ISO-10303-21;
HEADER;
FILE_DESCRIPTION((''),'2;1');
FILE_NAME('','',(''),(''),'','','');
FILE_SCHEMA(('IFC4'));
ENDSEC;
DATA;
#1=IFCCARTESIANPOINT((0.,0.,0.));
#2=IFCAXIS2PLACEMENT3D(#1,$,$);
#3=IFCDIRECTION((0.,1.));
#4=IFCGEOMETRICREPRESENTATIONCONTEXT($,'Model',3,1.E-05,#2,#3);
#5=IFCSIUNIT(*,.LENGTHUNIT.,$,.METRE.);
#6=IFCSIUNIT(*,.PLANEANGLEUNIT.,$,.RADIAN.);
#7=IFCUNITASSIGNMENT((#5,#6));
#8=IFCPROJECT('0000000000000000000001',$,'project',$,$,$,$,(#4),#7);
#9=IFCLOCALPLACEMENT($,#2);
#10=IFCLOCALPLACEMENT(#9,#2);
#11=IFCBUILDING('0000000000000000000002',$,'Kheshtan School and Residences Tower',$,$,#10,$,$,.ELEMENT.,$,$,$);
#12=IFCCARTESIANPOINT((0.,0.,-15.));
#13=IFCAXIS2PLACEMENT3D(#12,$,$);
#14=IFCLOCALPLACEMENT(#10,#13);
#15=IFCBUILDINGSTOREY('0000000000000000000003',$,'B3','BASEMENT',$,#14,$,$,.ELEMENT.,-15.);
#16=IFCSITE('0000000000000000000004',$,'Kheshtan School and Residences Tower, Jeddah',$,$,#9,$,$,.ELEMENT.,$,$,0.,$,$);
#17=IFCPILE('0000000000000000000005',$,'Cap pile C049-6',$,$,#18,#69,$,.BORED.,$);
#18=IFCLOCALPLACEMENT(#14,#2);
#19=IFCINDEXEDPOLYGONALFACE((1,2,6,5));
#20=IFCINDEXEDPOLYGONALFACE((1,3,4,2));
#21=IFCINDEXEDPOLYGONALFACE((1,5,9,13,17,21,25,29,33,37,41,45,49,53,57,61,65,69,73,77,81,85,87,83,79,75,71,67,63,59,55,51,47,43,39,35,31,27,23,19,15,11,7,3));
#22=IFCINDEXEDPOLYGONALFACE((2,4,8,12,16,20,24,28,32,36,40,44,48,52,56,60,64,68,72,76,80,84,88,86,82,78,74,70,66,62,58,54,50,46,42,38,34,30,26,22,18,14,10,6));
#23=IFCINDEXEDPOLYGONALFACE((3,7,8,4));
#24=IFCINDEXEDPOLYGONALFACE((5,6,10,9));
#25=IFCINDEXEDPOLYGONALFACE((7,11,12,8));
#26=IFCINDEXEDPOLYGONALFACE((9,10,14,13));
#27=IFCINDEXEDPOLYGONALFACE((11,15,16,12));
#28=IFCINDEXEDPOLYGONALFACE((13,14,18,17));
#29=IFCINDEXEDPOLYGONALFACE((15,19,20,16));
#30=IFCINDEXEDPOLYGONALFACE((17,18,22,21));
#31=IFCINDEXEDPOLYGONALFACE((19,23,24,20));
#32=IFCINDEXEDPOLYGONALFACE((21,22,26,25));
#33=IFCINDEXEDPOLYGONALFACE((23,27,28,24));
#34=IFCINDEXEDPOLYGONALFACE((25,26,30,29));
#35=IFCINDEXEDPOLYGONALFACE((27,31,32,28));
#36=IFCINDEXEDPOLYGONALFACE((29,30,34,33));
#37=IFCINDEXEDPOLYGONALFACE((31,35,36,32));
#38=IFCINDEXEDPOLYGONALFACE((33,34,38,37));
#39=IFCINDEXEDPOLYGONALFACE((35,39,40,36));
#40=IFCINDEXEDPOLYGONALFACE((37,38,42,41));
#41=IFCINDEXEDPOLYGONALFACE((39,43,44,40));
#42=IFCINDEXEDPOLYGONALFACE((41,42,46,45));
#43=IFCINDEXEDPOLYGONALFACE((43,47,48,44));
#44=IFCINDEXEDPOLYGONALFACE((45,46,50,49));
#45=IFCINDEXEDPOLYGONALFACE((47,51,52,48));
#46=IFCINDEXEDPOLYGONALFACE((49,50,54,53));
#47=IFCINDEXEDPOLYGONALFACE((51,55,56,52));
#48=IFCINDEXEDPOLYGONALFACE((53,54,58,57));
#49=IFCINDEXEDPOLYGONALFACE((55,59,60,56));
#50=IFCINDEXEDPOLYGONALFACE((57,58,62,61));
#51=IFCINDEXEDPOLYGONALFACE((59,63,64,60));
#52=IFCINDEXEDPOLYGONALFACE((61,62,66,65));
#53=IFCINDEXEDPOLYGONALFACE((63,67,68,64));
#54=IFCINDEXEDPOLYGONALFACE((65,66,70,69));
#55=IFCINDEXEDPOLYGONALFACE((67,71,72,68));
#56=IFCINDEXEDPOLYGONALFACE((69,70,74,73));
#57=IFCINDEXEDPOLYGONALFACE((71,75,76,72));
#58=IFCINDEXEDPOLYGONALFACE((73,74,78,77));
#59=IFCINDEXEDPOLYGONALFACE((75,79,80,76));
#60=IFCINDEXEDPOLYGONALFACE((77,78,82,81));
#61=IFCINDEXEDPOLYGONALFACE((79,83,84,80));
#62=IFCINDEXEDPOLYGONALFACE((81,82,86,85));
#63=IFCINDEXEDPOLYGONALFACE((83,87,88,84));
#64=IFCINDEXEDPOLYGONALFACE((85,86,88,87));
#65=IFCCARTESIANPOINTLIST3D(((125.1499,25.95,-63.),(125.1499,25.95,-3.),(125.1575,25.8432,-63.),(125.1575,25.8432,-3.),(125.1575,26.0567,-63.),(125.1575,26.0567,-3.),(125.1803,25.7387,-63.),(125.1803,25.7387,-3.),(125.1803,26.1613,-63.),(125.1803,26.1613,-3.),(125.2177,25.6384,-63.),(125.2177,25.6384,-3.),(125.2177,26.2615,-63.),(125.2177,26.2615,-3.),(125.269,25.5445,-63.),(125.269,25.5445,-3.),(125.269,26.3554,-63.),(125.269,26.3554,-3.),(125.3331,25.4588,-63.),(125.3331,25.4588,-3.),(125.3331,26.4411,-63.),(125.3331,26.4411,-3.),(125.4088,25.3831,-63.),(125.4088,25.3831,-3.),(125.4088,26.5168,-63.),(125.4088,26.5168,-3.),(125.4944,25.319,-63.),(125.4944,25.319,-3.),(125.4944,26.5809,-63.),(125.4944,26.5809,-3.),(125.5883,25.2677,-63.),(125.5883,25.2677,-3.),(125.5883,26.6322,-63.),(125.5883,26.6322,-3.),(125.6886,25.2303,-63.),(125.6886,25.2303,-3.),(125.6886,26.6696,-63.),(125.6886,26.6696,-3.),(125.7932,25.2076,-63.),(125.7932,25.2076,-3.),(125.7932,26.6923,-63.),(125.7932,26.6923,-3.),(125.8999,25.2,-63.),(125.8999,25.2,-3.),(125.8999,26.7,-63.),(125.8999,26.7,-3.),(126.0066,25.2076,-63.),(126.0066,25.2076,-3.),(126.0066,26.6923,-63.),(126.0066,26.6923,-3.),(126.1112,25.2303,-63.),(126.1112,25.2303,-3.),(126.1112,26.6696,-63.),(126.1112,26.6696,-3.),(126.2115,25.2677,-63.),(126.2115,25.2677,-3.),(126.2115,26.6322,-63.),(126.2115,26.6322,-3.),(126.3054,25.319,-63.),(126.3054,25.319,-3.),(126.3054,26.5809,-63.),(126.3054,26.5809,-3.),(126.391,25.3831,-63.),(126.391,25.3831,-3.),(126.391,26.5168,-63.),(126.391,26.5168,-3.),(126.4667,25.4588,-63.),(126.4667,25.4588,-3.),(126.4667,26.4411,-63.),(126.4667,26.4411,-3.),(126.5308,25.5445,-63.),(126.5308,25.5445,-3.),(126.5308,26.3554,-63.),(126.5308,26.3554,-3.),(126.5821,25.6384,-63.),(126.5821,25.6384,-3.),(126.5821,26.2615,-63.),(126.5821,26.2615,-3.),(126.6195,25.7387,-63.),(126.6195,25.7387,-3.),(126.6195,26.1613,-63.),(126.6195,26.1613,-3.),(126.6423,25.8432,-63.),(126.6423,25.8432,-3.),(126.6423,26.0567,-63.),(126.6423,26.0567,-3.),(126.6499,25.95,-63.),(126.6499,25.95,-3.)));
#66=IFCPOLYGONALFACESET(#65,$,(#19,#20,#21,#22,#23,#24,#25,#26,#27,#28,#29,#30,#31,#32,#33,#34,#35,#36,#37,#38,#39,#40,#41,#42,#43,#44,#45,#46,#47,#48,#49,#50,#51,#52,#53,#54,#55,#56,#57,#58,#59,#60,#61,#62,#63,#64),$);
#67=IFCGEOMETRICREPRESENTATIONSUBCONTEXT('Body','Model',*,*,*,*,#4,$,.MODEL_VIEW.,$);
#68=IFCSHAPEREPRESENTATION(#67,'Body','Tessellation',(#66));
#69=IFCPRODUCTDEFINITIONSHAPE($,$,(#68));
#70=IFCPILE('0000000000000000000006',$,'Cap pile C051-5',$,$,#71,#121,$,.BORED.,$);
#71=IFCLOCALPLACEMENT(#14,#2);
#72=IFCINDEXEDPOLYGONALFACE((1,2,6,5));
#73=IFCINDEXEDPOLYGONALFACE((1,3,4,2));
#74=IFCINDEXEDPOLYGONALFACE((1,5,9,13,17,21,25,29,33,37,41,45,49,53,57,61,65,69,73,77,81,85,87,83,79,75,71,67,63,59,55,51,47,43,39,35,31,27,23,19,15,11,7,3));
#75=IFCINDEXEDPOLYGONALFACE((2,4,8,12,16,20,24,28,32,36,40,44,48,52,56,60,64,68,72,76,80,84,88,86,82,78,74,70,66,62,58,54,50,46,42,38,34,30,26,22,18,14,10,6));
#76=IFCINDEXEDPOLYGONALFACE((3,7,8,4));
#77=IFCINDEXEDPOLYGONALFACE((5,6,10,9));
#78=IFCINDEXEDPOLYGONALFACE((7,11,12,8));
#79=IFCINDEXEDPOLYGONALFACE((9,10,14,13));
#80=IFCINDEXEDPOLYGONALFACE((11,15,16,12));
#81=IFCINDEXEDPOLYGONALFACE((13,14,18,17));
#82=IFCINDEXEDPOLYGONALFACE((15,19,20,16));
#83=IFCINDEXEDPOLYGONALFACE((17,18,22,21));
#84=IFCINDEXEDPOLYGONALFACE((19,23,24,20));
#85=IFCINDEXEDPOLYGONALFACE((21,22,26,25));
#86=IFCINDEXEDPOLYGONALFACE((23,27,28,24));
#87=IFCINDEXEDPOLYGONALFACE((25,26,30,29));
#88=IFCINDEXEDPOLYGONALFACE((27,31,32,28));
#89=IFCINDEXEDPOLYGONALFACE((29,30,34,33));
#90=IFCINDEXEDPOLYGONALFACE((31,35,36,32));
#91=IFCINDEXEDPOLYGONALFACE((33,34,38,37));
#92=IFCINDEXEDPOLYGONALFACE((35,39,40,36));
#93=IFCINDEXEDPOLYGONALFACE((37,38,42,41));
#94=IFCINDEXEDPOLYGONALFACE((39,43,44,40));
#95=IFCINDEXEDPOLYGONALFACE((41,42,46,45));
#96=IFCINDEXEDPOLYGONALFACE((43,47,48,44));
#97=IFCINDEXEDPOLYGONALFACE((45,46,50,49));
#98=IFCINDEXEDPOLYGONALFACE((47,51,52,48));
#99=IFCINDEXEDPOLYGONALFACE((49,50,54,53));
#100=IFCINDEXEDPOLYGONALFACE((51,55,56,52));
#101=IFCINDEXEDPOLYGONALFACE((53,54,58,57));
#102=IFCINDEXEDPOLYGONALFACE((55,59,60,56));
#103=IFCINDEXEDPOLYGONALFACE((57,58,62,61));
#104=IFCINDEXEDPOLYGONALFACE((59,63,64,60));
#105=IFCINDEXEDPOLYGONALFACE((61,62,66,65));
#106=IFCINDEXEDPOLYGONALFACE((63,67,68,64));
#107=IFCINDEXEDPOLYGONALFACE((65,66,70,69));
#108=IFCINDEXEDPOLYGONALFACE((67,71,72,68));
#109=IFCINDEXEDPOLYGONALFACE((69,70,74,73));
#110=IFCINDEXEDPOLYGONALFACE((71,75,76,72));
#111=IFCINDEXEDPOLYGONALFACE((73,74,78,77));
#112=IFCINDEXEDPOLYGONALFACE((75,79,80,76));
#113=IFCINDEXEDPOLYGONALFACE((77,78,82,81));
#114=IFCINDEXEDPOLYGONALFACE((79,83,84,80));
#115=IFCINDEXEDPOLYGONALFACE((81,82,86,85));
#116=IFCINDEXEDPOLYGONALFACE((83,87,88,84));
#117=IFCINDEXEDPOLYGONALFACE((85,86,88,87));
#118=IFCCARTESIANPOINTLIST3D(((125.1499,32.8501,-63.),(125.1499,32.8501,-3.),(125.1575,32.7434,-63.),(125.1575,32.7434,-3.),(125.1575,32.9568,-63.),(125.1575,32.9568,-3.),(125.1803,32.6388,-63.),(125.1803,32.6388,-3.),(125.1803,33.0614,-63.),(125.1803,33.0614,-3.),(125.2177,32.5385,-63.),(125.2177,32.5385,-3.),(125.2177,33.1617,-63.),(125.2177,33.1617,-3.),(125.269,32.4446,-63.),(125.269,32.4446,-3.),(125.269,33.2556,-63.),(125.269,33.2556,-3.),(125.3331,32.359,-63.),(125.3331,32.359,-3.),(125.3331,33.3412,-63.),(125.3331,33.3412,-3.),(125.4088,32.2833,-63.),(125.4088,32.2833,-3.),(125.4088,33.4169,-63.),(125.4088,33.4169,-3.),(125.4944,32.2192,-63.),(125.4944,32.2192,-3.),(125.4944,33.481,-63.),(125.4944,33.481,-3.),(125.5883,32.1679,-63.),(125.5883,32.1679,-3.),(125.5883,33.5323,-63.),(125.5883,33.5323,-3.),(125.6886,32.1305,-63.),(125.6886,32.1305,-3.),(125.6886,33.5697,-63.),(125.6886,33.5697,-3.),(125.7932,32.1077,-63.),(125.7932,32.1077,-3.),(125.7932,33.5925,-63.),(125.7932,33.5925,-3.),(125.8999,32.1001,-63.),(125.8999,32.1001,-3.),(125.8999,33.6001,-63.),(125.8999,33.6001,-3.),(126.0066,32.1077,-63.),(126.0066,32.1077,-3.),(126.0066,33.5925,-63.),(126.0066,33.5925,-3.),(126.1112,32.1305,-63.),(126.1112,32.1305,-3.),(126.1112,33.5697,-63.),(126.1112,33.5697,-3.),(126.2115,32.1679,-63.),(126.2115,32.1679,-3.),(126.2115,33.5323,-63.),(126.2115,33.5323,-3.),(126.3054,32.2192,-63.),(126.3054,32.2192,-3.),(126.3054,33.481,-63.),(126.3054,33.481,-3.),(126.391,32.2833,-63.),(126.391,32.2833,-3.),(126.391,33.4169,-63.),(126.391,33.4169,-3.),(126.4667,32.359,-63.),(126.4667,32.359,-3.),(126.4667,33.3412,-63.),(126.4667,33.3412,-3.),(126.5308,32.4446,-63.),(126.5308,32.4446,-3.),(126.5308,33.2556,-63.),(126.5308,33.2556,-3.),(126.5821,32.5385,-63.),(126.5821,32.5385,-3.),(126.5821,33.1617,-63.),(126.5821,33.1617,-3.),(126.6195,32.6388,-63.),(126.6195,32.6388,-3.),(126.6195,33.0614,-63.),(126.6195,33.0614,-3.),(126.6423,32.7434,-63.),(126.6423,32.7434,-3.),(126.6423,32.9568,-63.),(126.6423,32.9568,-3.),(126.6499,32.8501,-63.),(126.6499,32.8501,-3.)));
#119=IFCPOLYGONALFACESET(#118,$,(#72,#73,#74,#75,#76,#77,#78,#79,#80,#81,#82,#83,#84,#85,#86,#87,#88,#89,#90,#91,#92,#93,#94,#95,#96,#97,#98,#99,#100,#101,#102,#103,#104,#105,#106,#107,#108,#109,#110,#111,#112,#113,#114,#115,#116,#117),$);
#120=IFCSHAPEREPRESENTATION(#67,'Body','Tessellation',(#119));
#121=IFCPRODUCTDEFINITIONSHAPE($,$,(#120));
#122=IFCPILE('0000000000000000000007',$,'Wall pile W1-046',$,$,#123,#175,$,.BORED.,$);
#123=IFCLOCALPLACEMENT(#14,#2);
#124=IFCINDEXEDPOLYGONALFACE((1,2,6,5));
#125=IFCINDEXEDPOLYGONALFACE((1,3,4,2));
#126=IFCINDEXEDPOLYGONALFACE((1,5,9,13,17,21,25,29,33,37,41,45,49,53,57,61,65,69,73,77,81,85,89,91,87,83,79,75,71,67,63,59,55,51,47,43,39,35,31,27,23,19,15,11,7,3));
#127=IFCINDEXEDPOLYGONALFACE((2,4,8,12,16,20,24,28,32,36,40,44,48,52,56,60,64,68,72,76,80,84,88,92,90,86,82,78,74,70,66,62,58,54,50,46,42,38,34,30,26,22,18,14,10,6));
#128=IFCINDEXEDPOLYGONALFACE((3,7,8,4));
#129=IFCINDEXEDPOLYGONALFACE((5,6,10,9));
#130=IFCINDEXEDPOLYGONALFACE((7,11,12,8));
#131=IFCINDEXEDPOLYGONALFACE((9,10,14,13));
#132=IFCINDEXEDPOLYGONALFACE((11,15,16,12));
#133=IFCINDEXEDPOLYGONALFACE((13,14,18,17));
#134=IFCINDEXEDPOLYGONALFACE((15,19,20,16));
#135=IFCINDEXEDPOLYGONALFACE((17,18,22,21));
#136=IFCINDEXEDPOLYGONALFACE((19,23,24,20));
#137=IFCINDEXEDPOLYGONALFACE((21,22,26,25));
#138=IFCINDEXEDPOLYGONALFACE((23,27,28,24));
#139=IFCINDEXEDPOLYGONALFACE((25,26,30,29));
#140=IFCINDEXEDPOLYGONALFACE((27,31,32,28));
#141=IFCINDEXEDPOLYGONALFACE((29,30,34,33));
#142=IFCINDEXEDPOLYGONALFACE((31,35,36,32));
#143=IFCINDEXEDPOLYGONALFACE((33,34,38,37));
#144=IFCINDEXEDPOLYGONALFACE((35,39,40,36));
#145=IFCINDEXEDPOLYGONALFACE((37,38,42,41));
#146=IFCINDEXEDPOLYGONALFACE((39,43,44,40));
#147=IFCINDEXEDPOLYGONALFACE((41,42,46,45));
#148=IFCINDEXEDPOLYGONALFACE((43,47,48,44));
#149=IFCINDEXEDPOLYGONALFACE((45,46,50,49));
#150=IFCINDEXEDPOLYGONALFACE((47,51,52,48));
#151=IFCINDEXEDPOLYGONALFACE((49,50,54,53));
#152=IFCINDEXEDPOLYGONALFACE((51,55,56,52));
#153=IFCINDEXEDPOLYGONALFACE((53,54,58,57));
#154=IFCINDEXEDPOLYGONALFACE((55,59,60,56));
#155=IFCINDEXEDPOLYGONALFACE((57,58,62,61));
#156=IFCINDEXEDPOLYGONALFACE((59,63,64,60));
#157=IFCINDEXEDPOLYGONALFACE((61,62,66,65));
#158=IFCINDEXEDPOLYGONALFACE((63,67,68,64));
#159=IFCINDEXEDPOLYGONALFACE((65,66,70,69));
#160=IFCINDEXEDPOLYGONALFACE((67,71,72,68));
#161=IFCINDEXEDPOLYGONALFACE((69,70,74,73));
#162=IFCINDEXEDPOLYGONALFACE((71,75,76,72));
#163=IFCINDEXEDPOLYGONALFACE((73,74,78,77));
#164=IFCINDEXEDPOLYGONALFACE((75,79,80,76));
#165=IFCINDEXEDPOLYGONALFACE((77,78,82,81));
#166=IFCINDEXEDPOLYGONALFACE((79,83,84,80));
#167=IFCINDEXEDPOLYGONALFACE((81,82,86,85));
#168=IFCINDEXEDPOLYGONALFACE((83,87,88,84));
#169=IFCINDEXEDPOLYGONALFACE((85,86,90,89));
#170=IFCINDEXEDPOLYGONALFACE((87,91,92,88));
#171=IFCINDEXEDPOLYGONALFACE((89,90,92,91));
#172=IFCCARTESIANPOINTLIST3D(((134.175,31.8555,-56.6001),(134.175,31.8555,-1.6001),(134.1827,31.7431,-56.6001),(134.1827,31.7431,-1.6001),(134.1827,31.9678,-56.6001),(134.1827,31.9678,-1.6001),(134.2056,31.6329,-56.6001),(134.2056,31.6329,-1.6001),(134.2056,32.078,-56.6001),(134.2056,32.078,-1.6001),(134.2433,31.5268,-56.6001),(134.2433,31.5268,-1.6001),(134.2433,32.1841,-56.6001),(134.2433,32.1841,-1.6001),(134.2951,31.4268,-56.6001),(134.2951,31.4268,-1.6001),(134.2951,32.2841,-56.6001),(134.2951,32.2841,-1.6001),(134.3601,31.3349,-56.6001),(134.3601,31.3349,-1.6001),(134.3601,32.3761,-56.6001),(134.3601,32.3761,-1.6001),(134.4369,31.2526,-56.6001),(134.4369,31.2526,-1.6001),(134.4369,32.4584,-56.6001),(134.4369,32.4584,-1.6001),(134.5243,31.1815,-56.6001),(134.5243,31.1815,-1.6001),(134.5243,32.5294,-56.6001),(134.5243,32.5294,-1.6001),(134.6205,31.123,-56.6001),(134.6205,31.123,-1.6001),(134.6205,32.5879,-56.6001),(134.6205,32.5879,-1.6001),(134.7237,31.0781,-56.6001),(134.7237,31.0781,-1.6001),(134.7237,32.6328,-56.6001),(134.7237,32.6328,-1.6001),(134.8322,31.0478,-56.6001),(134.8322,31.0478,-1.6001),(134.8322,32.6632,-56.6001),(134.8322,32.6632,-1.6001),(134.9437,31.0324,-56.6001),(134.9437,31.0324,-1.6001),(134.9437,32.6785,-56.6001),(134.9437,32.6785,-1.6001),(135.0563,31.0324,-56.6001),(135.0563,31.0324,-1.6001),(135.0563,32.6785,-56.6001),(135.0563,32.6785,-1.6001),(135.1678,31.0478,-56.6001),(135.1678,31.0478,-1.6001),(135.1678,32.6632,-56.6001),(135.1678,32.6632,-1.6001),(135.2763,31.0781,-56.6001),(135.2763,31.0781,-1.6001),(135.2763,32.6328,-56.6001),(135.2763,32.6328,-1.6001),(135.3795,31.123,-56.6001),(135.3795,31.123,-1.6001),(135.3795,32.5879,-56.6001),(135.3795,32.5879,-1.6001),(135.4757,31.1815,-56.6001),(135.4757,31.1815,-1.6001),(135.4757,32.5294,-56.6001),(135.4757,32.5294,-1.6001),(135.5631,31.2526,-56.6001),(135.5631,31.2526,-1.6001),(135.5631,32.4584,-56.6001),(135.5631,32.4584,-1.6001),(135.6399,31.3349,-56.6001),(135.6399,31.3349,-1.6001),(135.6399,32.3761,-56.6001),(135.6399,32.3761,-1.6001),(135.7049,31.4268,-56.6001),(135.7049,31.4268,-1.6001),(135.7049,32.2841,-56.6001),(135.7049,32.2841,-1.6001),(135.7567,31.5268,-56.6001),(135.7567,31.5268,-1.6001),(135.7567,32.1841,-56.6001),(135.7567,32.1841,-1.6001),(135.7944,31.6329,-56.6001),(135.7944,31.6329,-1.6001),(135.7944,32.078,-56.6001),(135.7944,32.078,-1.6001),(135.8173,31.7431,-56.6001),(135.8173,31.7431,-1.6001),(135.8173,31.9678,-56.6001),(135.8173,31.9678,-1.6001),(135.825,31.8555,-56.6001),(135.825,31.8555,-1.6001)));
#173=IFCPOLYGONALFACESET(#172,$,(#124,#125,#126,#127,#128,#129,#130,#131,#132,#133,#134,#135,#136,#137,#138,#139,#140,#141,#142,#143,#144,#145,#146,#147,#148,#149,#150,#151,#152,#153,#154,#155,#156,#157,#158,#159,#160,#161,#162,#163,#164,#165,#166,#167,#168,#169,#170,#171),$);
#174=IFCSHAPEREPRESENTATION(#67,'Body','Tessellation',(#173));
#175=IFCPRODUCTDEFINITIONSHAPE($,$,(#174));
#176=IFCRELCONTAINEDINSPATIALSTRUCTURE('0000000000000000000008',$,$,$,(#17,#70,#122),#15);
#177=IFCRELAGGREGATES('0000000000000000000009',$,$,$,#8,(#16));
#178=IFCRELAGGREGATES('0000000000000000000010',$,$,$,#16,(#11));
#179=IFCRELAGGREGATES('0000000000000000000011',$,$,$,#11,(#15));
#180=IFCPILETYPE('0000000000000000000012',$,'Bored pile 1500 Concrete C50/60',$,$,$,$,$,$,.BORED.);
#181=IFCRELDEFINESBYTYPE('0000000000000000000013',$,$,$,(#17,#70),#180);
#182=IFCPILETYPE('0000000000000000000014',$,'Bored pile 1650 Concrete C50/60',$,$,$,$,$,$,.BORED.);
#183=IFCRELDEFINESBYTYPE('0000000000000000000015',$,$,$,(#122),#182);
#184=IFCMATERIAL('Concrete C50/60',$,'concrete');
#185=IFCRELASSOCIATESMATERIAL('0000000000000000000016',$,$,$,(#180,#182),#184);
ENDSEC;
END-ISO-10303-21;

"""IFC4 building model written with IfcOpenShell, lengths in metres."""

from ifc_helpers import new_model, si_unit, direction, frame, origin, origin_2d, place, context, subcontext, project, spatial, circle, extrude, material, material_profile, profile_set, type_object, element, save


model = new_model("IFC4")

# Units and contexts
model_context = context("Model", 3, precision=1e-05, world=origin(), true_north=direction((0.0, 1.0)))
body_context = subcontext(model_context, "Body", "Model", "MODEL_VIEW")
ifc_project = project(units=[si_unit("LENGTHUNIT", "METRE"), si_unit("PLANEANGLEUNIT", "RADIAN")], contexts=[model_context])

# Site, building, storey
site_placement = place(None, origin())
site = spatial("IfcSite", under=ifc_project, at=site_placement, Name="Kheshtan School and Residences Tower, Jeddah", CompositionType="ELEMENT", RefElevation=0.0)
building_placement = place(site_placement, origin())
building = spatial("IfcBuilding", under=site, at=building_placement, Name="Kheshtan School and Residences Tower", CompositionType="ELEMENT")
storey_placement = place(building_placement, frame((0.0, 0.0, -15.0)))
storey = spatial("IfcBuildingStorey", under=building, at=storey_placement, Name="B3", Description="BASEMENT", CompositionType="ELEMENT", Elevation=-15.0)

# Piles
ifc_material_1 = material(Name="Concrete C50/60", Category="concrete")
ifc_material_profile_1 = material_profile(ifc_material_1, circle(Radius=0.75, at=origin_2d()), Name="BP 1500")
ifc_profile_set_1 = profile_set([ifc_material_profile_1], Name="Concrete C50/60")
pile_type_1 = type_object("IfcPileType", Name="Bored pile 1500 Concrete C50/60", PredefinedType="BORED", material=ifc_profile_set_1)
for number, where, z_axis, x_axis, name in (
    (1, (125.8999, 25.95, -3.0), (0.0, 0.0, -1.0), (1.0, 0.0, 0.0), "Cap pile C049-6"),
    (2, (125.8999, 32.8501, -3.0), (0.0, 0.0, -1.0), (1.0, 0.0, 0.0), "Cap pile C051-5"),
):
    element("IfcPile", number, at=place(storey_placement, frame(where, z_axis=z_axis, x_axis=x_axis)), inside=storey, type_object=pile_type_1, Name=name, PredefinedType="BORED", context=body_context, shape_type="SweptSolid", body=[
        extrude(circle(Radius=0.75, at=origin_2d()), origin(), (0.0, 0.0, 1.0), 60.0),
    ])
ifc_material_profile_2 = material_profile(ifc_material_1, circle(Radius=0.825, at=origin_2d()), Name="BP 1650")
ifc_profile_set_2 = profile_set([ifc_material_profile_2], Name="Concrete C50/60")
pile_type_2 = type_object("IfcPileType", Name="Bored pile 1650 Concrete C50/60", PredefinedType="BORED", material=ifc_profile_set_2)
for number, where, z_axis, x_axis, name in (
    (3, (135.0, 31.8555, -1.6001), (0.0, 0.0, -1.0), (1.0, 0.0, 0.0), "Wall pile W1-046"),
):
    element("IfcPile", number, at=place(storey_placement, frame(where, z_axis=z_axis, x_axis=x_axis)), inside=storey, type_object=pile_type_2, Name=name, PredefinedType="BORED", context=body_context, shape_type="SweptSolid", body=[
        extrude(circle(Radius=0.825, at=origin_2d()), origin(), (0.0, 0.0, 1.0), 55.0),
    ])

save(model, "model.ifc")
